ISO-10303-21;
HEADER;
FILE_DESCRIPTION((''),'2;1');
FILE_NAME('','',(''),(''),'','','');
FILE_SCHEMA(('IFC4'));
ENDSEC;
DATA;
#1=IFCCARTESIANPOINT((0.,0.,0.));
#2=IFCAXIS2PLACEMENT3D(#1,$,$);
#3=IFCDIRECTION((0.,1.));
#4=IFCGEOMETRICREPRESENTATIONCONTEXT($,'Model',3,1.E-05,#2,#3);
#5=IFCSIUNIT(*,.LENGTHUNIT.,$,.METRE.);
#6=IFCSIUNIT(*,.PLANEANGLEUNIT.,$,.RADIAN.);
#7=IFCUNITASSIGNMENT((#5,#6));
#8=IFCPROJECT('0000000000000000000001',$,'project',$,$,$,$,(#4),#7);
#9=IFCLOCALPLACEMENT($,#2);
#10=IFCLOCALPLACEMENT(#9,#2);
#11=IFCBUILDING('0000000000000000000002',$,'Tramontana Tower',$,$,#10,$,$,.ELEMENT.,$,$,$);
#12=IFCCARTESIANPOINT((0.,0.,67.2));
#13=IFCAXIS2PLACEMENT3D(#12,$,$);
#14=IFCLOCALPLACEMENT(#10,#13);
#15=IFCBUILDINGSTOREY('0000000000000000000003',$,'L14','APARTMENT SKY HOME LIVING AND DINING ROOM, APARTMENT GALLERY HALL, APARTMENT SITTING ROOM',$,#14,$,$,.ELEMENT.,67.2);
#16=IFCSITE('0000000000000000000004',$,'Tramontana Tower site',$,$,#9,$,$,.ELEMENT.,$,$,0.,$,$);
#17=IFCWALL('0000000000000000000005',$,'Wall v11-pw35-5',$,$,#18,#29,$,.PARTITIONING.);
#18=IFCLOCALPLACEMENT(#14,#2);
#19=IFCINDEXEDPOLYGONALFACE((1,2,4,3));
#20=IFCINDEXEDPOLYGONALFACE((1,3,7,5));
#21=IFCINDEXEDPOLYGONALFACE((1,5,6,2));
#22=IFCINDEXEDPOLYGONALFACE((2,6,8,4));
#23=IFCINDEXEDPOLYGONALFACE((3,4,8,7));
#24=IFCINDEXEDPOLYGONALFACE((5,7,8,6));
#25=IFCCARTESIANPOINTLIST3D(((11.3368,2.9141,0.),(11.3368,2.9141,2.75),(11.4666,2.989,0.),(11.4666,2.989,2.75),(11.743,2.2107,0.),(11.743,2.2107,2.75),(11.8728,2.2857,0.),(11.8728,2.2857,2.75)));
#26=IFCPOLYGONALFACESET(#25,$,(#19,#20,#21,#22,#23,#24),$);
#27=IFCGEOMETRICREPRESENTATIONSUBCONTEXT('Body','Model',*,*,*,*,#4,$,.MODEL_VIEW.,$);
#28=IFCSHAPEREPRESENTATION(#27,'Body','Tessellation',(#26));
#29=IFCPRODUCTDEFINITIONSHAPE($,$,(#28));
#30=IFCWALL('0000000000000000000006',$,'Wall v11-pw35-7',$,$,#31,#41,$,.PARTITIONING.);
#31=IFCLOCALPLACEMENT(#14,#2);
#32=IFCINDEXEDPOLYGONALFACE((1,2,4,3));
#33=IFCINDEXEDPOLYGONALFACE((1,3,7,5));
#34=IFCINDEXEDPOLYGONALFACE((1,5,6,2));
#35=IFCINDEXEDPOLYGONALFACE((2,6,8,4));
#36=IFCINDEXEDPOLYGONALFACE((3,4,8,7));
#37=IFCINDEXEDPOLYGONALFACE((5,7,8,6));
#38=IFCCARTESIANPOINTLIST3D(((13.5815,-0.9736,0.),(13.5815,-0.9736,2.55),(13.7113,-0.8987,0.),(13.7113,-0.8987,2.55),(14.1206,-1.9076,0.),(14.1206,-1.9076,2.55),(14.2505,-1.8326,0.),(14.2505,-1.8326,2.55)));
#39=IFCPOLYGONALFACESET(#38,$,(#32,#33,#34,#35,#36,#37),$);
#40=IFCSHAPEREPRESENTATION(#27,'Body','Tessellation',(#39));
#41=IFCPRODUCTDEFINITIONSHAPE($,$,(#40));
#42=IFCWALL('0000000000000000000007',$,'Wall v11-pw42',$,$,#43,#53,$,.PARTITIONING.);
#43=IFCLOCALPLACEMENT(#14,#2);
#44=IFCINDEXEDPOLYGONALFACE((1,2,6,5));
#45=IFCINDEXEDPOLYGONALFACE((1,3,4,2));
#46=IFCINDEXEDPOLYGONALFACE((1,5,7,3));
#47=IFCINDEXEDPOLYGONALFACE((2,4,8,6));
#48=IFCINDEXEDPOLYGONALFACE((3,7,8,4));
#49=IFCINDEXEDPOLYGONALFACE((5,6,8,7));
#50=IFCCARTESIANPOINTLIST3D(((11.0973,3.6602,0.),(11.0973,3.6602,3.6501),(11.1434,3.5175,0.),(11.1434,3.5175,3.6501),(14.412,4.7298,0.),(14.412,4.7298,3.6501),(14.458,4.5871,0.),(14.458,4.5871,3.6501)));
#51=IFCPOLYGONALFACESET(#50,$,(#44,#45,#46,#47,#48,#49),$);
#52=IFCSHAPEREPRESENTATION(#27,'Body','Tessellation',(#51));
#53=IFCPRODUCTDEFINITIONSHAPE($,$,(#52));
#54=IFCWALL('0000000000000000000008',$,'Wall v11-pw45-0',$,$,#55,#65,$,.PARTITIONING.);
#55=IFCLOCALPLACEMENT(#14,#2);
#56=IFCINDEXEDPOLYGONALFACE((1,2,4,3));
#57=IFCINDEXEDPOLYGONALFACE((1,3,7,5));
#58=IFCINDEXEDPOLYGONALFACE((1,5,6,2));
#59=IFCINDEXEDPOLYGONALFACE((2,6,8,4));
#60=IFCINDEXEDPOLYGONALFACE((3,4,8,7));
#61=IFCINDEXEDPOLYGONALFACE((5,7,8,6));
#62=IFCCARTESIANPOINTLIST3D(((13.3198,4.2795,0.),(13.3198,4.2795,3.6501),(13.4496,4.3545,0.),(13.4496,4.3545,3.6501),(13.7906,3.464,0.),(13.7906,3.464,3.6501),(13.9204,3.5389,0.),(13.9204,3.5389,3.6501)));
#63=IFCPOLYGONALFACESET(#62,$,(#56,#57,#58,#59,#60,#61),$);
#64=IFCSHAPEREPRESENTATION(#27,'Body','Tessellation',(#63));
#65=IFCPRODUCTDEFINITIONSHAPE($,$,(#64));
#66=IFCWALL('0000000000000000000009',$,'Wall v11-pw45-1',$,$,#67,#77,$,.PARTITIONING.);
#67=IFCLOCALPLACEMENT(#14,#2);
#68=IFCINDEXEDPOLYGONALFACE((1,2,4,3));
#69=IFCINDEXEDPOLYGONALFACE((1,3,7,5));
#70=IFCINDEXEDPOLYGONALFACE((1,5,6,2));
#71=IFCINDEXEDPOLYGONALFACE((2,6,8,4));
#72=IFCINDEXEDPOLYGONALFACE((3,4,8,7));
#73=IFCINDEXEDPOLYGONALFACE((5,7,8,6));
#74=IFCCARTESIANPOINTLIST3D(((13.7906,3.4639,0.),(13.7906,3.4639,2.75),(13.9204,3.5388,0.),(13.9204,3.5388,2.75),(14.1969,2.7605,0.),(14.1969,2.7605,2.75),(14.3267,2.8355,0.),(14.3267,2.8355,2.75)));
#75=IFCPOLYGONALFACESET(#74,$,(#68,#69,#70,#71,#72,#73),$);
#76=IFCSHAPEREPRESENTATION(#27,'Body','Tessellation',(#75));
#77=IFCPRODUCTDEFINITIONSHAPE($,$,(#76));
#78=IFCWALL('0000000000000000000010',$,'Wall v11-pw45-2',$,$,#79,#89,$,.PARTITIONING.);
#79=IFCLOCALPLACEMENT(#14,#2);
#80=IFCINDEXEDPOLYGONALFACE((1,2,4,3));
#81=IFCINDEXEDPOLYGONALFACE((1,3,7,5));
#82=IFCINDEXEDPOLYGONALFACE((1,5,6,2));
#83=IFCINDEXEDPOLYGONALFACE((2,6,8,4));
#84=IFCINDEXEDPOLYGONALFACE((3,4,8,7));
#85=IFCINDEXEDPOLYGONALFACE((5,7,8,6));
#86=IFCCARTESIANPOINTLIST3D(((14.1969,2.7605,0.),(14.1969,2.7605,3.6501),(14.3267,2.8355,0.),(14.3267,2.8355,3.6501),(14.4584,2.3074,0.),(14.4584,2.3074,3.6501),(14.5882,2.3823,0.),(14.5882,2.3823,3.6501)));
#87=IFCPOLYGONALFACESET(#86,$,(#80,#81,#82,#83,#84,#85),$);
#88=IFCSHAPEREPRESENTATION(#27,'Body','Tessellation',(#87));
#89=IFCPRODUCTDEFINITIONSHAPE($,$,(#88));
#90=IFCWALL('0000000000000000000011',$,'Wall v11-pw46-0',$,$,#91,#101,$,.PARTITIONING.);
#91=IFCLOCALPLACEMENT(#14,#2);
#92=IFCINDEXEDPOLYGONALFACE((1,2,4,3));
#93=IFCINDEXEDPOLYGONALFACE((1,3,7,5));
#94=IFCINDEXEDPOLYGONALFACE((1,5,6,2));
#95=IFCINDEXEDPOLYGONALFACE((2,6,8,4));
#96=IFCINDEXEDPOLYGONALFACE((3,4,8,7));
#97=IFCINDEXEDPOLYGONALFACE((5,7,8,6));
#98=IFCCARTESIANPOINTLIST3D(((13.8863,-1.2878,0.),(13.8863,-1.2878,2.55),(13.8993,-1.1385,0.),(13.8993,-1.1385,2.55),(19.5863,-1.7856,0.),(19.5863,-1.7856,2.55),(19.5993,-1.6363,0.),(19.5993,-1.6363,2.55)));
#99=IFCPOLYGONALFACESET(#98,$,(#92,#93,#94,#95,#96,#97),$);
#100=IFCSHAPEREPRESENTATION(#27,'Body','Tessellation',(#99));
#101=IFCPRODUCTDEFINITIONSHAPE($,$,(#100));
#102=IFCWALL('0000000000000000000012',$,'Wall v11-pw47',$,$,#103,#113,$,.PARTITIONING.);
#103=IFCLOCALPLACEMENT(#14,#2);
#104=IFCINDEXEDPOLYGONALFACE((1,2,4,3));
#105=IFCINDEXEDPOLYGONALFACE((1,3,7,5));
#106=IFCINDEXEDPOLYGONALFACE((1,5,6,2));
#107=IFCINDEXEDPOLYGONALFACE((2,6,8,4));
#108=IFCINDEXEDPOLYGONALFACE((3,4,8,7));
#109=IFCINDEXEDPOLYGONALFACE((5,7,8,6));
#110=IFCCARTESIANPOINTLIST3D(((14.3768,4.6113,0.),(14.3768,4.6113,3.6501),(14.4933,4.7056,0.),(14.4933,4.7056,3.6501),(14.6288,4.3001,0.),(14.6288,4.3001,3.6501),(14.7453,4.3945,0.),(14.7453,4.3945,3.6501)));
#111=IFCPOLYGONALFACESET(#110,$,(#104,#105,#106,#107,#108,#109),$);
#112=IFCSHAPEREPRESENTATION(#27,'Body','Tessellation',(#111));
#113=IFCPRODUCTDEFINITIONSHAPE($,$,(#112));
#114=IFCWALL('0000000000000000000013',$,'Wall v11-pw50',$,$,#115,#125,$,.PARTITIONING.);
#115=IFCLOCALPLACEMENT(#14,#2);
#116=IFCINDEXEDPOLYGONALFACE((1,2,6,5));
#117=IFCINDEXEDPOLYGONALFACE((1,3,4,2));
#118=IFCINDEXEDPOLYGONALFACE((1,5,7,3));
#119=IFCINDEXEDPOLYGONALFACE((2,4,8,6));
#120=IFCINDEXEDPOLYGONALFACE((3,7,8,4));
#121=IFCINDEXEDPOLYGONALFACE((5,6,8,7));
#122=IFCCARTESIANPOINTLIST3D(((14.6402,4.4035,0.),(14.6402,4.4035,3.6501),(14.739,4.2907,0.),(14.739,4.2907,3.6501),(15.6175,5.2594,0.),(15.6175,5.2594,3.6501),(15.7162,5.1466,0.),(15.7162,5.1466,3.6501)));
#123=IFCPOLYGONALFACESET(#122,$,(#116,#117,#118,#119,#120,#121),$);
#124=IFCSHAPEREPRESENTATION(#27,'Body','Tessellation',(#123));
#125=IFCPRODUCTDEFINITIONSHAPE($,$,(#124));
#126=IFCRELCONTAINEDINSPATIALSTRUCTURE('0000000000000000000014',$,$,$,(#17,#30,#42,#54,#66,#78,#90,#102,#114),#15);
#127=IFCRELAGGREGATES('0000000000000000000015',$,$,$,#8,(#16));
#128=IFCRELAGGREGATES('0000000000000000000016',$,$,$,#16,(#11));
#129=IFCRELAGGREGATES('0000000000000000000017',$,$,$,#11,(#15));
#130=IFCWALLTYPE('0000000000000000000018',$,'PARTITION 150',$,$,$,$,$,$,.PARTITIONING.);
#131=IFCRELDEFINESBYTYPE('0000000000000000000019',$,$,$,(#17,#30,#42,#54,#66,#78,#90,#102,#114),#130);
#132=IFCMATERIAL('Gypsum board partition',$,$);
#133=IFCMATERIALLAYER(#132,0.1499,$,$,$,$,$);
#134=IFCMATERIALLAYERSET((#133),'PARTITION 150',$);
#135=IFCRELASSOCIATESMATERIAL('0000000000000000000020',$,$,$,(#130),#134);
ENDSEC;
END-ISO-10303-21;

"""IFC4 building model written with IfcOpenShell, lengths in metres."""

from ifc_helpers import new_model, si_unit, direction, frame, frame_2d, origin, place, context, subcontext, project, spatial, rectangle, extrude, material, layer, layer_set, type_object, element, save


model = new_model("IFC4")

# Units and contexts
model_context = context("Model", 3, precision=1e-05, world=origin(), true_north=direction((0.0, 1.0)))
body_context = subcontext(model_context, "Body", "Model", "MODEL_VIEW")
ifc_project = project(units=[si_unit("LENGTHUNIT", "METRE"), si_unit("PLANEANGLEUNIT", "RADIAN")], contexts=[model_context])

# Site, building, storey
site_placement = place(None, origin())
site = spatial("IfcSite", under=ifc_project, at=site_placement, Name="Tramontana Tower site", CompositionType="ELEMENT", RefElevation=0.0)
building_placement = place(site_placement, origin())
building = spatial("IfcBuilding", under=site, at=building_placement, Name="Tramontana Tower", CompositionType="ELEMENT")
storey_placement = place(building_placement, frame((0.0, 0.0, 67.2)))
storey = spatial("IfcBuildingStorey", under=building, at=storey_placement, Name="L14", Description="APARTMENT SKY HOME LIVING AND DINING ROOM, APARTMENT GALLERY HALL, APARTMENT SITTING ROOM", CompositionType="ELEMENT", Elevation=67.2)

# Wall
ifc_material_1 = material(Name="Gypsum board partition")
ifc_layer_1 = layer(ifc_material_1, 0.1499)
ifc_layer_set_1 = layer_set([ifc_layer_1], Name="PARTITION 150")
wall_type_1 = type_object("IfcWallType", Name="PARTITION 150", PredefinedType="PARTITIONING", material=ifc_layer_set_1)
wall_1_placement = place(storey_placement, frame((11.4016, 2.9517, 0.0), z_axis=(0.0, 0.0, 1.0), x_axis=(0.500147, -0.86594, 0.0)))
element("IfcWall", 1, at=wall_1_placement, inside=storey, type_object=wall_type_1, Name="Wall v11-pw35-5", PredefinedType="PARTITIONING", context=body_context, shape_type="SweptSolid", body=[
    extrude(rectangle(XDim=0.8123, YDim=0.1499, at=frame_2d((0.4062, 0.0))), origin(), (0.0, 0.0, 1.0), 2.75),
])

# Walls
wall_2_placement = place(storey_placement, frame((13.6465, -0.9363, 0.0), z_axis=(0.0, 0.0, 1.0), x_axis=(0.499938, -0.866061, 0.0)))
element("IfcWall", 2, at=wall_2_placement, inside=storey, type_object=wall_type_1, Name="Wall v11-pw35-7", PredefinedType="PARTITIONING", context=body_context, shape_type="SweptSolid", body=[
    extrude(rectangle(XDim=1.0784, YDim=0.1499, at=frame_2d((0.5391, 0.0))), origin(), (0.0, 0.0, 1.0), 2.55),
])
wall_3_placement = place(storey_placement, frame((11.1204, 3.5889, 0.0), z_axis=(0.0, 0.0, 1.0), x_axis=(0.951682, 0.307087, 0.0)))
element("IfcWall", 3, at=wall_3_placement, inside=storey, type_object=wall_type_1, Name="Wall v11-pw42", PredefinedType="PARTITIONING", context=body_context, shape_type="SweptSolid", body=[
    extrude(rectangle(XDim=3.4829, YDim=0.1499, at=frame_2d((1.7415, 0.0))), origin(), (0.0, 0.0, 1.0), 3.6501),
])
wall_4_placement = place(storey_placement, frame((13.3848, 4.3169, 0.0), z_axis=(0.0, 0.0, 1.0), x_axis=(0.499932, -0.866065, 0.0)))
element("IfcWall", 4, at=wall_4_placement, inside=storey, type_object=wall_type_1, Name="Wall v11-pw45-0", PredefinedType="PARTITIONING", context=body_context, shape_type="SweptSolid", body=[
    extrude(rectangle(XDim=0.9417, YDim=0.1499, at=frame_2d((0.4707, 0.0))), origin(), (0.0, 0.0, 1.0), 3.6501),
])
wall_5_placement = place(storey_placement, frame((13.8555, 3.5015, 0.0), z_axis=(0.0, 0.0, 1.0), x_axis=(0.500147, -0.86594, 0.0)))
element("IfcWall", 5, at=wall_5_placement, inside=storey, type_object=wall_type_1, Name="Wall v11-pw45-1", PredefinedType="PARTITIONING", context=body_context, shape_type="SweptSolid", body=[
    extrude(rectangle(XDim=0.8123, YDim=0.1499, at=frame_2d((0.4062, 0.0))), origin(), (0.0, 0.0, 1.0), 2.75),
])
wall_6_placement = place(storey_placement, frame((14.2617, 2.7981, 0.0), z_axis=(0.0, 0.0, 1.0), x_axis=(0.499803, -0.866139, 0.0)))
element("IfcWall", 6, at=wall_6_placement, inside=storey, type_object=wall_type_1, Name="Wall v11-pw45-2", PredefinedType="PARTITIONING", context=body_context, shape_type="SweptSolid", body=[
    extrude(rectangle(XDim=0.5232, YDim=0.1499, at=frame_2d((0.2617, 0.0))), origin(), (0.0, 0.0, 1.0), 3.6501),
])
wall_7_placement = place(storey_placement, frame((13.8928, -1.2131, 0.0), z_axis=(0.0, 0.0, 1.0), x_axis=(0.996208, -0.087003, 0.0)))
element("IfcWall", 7, at=wall_7_placement, inside=storey, type_object=wall_type_1, Name="Wall v11-pw46-0", PredefinedType="PARTITIONING", context=body_context, shape_type="SweptSolid", body=[
    extrude(rectangle(XDim=5.7217, YDim=0.1499, at=frame_2d((2.8608, 0.0))), origin(), (0.0, 0.0, 1.0), 2.55),
])
wall_8_placement = place(storey_placement, frame((14.4351, 4.6584, 0.0), z_axis=(0.0, 0.0, 1.0), x_axis=(0.629444, -0.777046, 0.0)))
element("IfcWall", 8, at=wall_8_placement, inside=storey, type_object=wall_type_1, Name="Wall v11-pw47", PredefinedType="PARTITIONING", context=body_context, shape_type="SweptSolid", body=[
    extrude(rectangle(XDim=0.4004, YDim=0.1499, at=frame_2d((0.2002, 0.0))), origin(), (0.0, 0.0, 1.0), 3.6501),
])

# Wall
wall_9_placement = place(storey_placement, frame((14.6897, 4.3472, 0.0), z_axis=(0.0, 0.0, 1.0), x_axis=(0.752262, 0.658864, 0.0)))
element("IfcWall", 9, at=wall_9_placement, inside=storey, type_object=wall_type_1, Name="Wall v11-pw50", PredefinedType="PARTITIONING", context=body_context, shape_type="SweptSolid", body=[
    extrude(rectangle(XDim=1.2991, YDim=0.1499, at=frame_2d((0.6494, 0.0))), origin(), (0.0, 0.0, 1.0), 3.6501),
])

save(model, "model.ifc")
